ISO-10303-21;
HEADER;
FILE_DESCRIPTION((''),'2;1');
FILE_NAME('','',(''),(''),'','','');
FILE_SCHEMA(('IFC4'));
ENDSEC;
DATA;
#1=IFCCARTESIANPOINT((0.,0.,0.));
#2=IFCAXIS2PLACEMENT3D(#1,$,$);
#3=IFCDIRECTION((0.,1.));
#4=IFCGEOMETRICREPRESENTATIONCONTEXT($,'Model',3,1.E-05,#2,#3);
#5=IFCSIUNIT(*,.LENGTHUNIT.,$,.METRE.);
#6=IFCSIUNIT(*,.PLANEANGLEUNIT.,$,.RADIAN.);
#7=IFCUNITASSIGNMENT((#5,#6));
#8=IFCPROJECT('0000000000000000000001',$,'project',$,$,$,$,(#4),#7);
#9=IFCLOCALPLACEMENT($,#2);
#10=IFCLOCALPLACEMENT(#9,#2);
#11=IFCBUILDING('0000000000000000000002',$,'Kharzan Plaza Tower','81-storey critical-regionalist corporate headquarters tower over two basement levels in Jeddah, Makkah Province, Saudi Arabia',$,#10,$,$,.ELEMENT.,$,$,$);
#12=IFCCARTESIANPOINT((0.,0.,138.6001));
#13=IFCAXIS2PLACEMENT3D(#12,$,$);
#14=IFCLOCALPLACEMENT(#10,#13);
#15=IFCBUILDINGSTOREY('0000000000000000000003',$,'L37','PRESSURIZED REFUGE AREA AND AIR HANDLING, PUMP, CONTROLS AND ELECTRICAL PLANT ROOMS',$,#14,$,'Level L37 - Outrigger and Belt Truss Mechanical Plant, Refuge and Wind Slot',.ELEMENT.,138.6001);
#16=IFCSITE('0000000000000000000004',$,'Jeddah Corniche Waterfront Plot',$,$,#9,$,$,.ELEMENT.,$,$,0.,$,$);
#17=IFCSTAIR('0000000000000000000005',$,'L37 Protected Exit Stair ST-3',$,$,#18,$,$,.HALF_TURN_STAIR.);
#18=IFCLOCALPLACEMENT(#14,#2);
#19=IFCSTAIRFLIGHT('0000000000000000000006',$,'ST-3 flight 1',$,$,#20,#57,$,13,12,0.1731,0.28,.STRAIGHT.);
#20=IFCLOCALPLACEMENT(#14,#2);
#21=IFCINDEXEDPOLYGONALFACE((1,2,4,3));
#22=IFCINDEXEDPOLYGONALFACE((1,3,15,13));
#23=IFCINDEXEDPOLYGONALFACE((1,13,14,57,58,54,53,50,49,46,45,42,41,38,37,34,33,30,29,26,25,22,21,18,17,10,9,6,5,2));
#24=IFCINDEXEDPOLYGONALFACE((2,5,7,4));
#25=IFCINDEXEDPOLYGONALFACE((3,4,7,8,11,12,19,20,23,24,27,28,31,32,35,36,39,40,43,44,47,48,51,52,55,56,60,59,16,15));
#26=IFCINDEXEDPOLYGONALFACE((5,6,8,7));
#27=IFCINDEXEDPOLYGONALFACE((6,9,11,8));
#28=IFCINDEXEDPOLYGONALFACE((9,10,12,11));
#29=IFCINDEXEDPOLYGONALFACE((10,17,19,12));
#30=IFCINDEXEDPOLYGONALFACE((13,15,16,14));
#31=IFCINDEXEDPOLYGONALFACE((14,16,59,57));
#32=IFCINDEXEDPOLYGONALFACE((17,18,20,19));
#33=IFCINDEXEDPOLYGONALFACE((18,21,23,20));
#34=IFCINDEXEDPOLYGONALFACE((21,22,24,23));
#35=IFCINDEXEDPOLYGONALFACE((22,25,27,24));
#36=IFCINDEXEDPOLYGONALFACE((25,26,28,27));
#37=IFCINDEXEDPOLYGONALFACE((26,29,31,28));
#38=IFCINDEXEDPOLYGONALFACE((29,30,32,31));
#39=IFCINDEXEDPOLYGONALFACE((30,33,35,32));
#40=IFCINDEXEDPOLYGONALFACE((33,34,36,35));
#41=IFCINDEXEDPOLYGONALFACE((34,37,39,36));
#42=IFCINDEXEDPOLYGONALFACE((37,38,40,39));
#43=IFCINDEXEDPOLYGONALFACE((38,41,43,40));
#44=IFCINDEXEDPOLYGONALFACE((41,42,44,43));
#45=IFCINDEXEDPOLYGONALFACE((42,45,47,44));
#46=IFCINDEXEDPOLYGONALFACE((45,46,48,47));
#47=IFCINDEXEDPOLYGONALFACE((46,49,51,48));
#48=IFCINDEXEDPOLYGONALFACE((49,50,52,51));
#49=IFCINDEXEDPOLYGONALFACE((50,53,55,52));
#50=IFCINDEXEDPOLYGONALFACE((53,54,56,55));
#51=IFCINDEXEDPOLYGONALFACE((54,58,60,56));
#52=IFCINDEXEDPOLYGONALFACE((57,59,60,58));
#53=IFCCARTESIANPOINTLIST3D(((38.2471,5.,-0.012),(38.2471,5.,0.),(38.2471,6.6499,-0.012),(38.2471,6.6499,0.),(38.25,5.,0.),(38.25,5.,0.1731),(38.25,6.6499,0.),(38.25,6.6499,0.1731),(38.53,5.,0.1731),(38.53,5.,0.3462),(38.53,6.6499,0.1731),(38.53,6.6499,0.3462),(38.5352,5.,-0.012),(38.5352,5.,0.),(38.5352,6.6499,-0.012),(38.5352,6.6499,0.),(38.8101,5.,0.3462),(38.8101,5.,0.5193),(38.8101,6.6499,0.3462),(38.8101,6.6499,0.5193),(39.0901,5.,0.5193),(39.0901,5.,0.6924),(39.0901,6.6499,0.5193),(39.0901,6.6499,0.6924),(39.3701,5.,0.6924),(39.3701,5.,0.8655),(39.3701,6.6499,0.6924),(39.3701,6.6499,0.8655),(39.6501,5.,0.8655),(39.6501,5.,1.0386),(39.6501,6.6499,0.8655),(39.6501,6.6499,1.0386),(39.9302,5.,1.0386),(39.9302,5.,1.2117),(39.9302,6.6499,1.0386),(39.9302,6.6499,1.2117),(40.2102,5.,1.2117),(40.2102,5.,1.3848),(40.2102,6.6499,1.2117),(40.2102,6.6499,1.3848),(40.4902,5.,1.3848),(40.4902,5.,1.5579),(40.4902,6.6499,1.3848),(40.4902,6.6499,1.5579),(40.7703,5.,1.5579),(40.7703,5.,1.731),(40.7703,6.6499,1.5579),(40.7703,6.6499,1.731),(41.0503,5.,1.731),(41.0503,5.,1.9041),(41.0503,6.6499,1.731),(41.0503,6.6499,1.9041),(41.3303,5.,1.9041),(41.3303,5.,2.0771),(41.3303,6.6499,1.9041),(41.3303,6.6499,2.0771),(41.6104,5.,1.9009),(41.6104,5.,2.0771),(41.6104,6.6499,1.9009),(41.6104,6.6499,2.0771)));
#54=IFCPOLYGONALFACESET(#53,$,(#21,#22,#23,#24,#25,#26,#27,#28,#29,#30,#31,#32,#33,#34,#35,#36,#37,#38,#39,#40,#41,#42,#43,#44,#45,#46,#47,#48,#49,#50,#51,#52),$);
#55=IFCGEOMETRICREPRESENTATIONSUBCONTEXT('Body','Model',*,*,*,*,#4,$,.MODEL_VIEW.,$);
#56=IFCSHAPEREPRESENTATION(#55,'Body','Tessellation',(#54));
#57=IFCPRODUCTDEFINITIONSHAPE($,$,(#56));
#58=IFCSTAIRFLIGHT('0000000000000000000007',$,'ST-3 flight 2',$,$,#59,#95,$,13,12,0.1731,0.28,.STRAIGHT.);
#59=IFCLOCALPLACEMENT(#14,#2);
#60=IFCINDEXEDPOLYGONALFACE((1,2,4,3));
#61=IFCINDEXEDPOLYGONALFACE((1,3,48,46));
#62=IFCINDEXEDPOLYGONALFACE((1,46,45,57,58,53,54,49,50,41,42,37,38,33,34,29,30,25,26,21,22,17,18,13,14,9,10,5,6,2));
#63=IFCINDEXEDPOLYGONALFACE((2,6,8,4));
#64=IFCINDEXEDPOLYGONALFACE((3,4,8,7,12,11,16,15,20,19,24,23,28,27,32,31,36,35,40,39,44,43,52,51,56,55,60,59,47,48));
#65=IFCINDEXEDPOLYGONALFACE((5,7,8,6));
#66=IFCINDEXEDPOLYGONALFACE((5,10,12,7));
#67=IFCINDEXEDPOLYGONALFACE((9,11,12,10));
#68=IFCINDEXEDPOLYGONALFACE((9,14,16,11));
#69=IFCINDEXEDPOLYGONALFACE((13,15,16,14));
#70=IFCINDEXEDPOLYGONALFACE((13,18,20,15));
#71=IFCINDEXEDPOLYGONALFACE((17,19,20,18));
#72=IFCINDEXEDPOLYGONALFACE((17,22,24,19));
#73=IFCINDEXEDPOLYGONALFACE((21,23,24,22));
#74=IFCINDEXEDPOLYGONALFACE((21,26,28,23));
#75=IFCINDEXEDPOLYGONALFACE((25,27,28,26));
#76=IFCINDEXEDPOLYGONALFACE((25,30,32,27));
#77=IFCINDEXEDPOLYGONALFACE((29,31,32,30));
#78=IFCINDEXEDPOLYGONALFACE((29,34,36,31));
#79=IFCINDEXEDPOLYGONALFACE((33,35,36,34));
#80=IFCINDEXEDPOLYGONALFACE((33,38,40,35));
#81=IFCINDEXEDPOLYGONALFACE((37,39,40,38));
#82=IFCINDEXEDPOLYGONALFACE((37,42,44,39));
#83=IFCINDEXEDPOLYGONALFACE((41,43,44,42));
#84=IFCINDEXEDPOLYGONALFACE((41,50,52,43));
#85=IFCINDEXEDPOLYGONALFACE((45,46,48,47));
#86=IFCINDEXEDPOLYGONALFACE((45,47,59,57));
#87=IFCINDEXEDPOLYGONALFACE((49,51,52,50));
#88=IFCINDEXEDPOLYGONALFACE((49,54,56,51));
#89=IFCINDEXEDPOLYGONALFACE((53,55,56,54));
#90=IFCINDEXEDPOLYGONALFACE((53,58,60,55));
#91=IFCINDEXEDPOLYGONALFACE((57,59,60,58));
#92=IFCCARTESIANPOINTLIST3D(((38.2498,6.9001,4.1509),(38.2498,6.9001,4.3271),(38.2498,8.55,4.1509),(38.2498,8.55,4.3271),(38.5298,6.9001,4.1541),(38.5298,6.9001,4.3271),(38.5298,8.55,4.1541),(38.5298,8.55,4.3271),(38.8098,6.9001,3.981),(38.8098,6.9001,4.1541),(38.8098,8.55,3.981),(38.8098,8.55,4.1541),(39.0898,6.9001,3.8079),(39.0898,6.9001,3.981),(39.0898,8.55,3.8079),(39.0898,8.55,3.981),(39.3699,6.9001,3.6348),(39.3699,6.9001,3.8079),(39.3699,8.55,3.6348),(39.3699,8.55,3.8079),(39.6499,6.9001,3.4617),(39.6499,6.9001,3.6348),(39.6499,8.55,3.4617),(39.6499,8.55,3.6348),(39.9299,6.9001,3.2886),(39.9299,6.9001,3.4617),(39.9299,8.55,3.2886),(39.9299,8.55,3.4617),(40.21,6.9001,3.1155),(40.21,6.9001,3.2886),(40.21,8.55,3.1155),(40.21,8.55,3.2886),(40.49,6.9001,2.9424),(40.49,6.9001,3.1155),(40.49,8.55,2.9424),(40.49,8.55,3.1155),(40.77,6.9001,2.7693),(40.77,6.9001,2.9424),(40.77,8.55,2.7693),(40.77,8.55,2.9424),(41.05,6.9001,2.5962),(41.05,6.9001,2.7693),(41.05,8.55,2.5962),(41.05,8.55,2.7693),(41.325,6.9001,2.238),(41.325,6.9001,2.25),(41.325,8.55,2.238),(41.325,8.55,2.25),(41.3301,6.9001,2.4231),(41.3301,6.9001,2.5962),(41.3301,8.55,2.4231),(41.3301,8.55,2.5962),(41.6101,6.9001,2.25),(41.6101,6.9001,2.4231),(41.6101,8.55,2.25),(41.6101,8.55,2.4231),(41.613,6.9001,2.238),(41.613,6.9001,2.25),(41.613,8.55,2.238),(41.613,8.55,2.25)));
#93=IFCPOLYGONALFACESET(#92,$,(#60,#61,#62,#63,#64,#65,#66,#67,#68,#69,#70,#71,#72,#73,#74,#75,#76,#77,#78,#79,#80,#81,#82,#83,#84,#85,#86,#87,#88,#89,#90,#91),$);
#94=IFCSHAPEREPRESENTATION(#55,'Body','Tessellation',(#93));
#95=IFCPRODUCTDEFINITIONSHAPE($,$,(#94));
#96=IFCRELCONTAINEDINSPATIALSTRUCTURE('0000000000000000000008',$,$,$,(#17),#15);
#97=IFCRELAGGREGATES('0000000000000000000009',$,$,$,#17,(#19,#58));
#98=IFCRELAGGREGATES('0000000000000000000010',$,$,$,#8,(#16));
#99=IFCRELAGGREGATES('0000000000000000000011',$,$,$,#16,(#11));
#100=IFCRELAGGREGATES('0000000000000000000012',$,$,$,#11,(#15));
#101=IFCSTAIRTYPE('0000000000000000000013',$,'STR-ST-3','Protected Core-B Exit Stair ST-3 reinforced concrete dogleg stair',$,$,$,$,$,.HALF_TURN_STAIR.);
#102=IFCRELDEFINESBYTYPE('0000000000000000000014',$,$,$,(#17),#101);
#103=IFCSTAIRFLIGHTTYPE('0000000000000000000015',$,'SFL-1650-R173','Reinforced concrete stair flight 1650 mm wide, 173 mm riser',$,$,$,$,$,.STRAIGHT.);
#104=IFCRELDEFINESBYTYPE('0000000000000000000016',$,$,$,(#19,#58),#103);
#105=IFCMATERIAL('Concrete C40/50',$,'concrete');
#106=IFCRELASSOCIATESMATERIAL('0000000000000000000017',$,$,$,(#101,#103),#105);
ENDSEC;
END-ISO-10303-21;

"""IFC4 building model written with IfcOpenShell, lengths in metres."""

from ifc_helpers import new_model, si_unit, direction, frame, origin, place, context, subcontext, project, spatial, polyline, outline, extrude, source, transform, mapped, material, type_object, element, aggregate, save


model = new_model("IFC4")

# Units and contexts
model_context = context("Model", 3, precision=1e-05, world=origin(), true_north=direction((0.0, 1.0)))
body_context = subcontext(model_context, "Body", "Model", "MODEL_VIEW")
ifc_project = project(units=[si_unit("LENGTHUNIT", "METRE"), si_unit("PLANEANGLEUNIT", "RADIAN")], contexts=[model_context])

# Site, building, storey
site_placement = place(None, origin())
site = spatial("IfcSite", under=ifc_project, at=site_placement, Name="Jeddah Corniche Waterfront Plot", CompositionType="ELEMENT", RefElevation=0.0)
building_placement = place(site_placement, origin())
building = spatial("IfcBuilding", under=site, at=building_placement, Name="Kharzan Plaza Tower", Description="81-storey critical-regionalist corporate headquarters tower over two basement levels in Jeddah, Makkah Province, Saudi Arabia", CompositionType="ELEMENT")
storey_placement = place(building_placement, frame((0.0, 0.0, 138.6001)))
storey = spatial("IfcBuildingStorey", under=building, at=storey_placement, Name="L37", Description="PRESSURIZED REFUGE AREA AND AIR HANDLING, PUMP, CONTROLS AND ELECTRICAL PLANT ROOMS", LongName="Level L37 - Outrigger and Belt Truss Mechanical Plant, Refuge and Wind Slot", CompositionType="ELEMENT", Elevation=138.6001)

# Shared definitions
ifc_material_1 = material(Name="Concrete C40/50", Category="concrete")

# Stair, stair flights
stair_type = type_object("IfcStairType", Name="STR-ST-3", Description="Protected Core-B Exit Stair ST-3 reinforced concrete dogleg stair", PredefinedType="HALF_TURN_STAIR", material=ifc_material_1)
stair_placement = place(storey_placement, origin())
stair = element("IfcStair", 1, at=stair_placement, inside=storey, type_object=stair_type, Name="L37 Protected Exit Stair ST-3", PredefinedType="HALF_TURN_STAIR")
stair_flight_type = type_object("IfcStairFlightType", Name="SFL-1650-R173", Description="Reinforced concrete stair flight 1650 mm wide, 173 mm riser", PredefinedType="STRAIGHT", material=ifc_material_1)
shared_shape_1 = source(origin(), body_context, "Body", "SweptSolid", [
    extrude(outline(polyline([(-0.0029, -0.012), (-0.0029, 0.0), (0.0, 0.0), (0.0, 0.1731), (0.28, 0.1731), (0.28, 0.3462), (0.5601, 0.3462), (0.5601, 0.5193), (0.8401, 0.5193), (0.8401, 0.6924), (1.1201, 0.6924), (1.1201, 0.8655), (1.4001, 0.8655), (1.4001, 1.0386), (1.6802, 1.0386), (1.6802, 1.2117), (1.9602, 1.2117), (1.9602, 1.3848), (2.2402, 1.3848), (2.2402, 1.5579), (2.5203, 1.5579), (2.5203, 1.731), (2.8003, 1.731), (2.8003, 1.9041), (3.0803, 1.9041), (3.0803, 2.0771), (3.3604, 2.0771), (3.3604, 2.2502), (3.3604, 1.9009), (0.2852, 0.0), (0.2852, -0.012), (-0.0029, -0.012)])), frame((0.0, 0.825, 0.0), z_axis=(0.0, -1.0, 0.0), x_axis=(1.0, 0.0, 0.0)), (0.0, 0.0, 1.0), 1.6499),
])
stair_flight_1_placement = place(storey_placement, frame((38.25, 5.825, 0.0), z_axis=(0.0, 0.0, 1.0), x_axis=(1.0, 0.0, 0.0)))
stair_flight_1 = element("IfcStairFlight", 2, at=stair_flight_1_placement, type_object=stair_flight_type, Name="ST-3 flight 1", NumberOfRisers=13, NumberOfTreads=12, PredefinedType="STRAIGHT", RiserHeight=0.1731, TreadLength=0.28, context=body_context, shape_type="MappedRepresentation", body=[
    mapped(shared_shape_1, transform((0.0, 0.0, 0.0), x_axis=(1.0, 0.0, 0.0), y_axis=(0.0, 1.0, 0.0), z_axis=(0.0, 0.0, 1.0))),
])
stair_flight_2_placement = place(storey_placement, frame((41.6101, 7.7251, 2.25), z_axis=(0.0, 0.0, 1.0), x_axis=(-1.0, 0.0, 0.0)))
stair_flight_2 = element("IfcStairFlight", 3, at=stair_flight_2_placement, type_object=stair_flight_type, Name="ST-3 flight 2", NumberOfRisers=13, NumberOfTreads=12, PredefinedType="STRAIGHT", RiserHeight=0.1731, TreadLength=0.28, context=body_context, shape_type="MappedRepresentation", body=[
    mapped(shared_shape_1, transform((0.0, 0.0, 0.0), x_axis=(1.0, 0.0, 0.0), y_axis=(0.0, 1.0, 0.0), z_axis=(0.0, 0.0, 1.0))),
])
aggregate(stair, [stair_flight_1, stair_flight_2])

save(model, "model.ifc")
